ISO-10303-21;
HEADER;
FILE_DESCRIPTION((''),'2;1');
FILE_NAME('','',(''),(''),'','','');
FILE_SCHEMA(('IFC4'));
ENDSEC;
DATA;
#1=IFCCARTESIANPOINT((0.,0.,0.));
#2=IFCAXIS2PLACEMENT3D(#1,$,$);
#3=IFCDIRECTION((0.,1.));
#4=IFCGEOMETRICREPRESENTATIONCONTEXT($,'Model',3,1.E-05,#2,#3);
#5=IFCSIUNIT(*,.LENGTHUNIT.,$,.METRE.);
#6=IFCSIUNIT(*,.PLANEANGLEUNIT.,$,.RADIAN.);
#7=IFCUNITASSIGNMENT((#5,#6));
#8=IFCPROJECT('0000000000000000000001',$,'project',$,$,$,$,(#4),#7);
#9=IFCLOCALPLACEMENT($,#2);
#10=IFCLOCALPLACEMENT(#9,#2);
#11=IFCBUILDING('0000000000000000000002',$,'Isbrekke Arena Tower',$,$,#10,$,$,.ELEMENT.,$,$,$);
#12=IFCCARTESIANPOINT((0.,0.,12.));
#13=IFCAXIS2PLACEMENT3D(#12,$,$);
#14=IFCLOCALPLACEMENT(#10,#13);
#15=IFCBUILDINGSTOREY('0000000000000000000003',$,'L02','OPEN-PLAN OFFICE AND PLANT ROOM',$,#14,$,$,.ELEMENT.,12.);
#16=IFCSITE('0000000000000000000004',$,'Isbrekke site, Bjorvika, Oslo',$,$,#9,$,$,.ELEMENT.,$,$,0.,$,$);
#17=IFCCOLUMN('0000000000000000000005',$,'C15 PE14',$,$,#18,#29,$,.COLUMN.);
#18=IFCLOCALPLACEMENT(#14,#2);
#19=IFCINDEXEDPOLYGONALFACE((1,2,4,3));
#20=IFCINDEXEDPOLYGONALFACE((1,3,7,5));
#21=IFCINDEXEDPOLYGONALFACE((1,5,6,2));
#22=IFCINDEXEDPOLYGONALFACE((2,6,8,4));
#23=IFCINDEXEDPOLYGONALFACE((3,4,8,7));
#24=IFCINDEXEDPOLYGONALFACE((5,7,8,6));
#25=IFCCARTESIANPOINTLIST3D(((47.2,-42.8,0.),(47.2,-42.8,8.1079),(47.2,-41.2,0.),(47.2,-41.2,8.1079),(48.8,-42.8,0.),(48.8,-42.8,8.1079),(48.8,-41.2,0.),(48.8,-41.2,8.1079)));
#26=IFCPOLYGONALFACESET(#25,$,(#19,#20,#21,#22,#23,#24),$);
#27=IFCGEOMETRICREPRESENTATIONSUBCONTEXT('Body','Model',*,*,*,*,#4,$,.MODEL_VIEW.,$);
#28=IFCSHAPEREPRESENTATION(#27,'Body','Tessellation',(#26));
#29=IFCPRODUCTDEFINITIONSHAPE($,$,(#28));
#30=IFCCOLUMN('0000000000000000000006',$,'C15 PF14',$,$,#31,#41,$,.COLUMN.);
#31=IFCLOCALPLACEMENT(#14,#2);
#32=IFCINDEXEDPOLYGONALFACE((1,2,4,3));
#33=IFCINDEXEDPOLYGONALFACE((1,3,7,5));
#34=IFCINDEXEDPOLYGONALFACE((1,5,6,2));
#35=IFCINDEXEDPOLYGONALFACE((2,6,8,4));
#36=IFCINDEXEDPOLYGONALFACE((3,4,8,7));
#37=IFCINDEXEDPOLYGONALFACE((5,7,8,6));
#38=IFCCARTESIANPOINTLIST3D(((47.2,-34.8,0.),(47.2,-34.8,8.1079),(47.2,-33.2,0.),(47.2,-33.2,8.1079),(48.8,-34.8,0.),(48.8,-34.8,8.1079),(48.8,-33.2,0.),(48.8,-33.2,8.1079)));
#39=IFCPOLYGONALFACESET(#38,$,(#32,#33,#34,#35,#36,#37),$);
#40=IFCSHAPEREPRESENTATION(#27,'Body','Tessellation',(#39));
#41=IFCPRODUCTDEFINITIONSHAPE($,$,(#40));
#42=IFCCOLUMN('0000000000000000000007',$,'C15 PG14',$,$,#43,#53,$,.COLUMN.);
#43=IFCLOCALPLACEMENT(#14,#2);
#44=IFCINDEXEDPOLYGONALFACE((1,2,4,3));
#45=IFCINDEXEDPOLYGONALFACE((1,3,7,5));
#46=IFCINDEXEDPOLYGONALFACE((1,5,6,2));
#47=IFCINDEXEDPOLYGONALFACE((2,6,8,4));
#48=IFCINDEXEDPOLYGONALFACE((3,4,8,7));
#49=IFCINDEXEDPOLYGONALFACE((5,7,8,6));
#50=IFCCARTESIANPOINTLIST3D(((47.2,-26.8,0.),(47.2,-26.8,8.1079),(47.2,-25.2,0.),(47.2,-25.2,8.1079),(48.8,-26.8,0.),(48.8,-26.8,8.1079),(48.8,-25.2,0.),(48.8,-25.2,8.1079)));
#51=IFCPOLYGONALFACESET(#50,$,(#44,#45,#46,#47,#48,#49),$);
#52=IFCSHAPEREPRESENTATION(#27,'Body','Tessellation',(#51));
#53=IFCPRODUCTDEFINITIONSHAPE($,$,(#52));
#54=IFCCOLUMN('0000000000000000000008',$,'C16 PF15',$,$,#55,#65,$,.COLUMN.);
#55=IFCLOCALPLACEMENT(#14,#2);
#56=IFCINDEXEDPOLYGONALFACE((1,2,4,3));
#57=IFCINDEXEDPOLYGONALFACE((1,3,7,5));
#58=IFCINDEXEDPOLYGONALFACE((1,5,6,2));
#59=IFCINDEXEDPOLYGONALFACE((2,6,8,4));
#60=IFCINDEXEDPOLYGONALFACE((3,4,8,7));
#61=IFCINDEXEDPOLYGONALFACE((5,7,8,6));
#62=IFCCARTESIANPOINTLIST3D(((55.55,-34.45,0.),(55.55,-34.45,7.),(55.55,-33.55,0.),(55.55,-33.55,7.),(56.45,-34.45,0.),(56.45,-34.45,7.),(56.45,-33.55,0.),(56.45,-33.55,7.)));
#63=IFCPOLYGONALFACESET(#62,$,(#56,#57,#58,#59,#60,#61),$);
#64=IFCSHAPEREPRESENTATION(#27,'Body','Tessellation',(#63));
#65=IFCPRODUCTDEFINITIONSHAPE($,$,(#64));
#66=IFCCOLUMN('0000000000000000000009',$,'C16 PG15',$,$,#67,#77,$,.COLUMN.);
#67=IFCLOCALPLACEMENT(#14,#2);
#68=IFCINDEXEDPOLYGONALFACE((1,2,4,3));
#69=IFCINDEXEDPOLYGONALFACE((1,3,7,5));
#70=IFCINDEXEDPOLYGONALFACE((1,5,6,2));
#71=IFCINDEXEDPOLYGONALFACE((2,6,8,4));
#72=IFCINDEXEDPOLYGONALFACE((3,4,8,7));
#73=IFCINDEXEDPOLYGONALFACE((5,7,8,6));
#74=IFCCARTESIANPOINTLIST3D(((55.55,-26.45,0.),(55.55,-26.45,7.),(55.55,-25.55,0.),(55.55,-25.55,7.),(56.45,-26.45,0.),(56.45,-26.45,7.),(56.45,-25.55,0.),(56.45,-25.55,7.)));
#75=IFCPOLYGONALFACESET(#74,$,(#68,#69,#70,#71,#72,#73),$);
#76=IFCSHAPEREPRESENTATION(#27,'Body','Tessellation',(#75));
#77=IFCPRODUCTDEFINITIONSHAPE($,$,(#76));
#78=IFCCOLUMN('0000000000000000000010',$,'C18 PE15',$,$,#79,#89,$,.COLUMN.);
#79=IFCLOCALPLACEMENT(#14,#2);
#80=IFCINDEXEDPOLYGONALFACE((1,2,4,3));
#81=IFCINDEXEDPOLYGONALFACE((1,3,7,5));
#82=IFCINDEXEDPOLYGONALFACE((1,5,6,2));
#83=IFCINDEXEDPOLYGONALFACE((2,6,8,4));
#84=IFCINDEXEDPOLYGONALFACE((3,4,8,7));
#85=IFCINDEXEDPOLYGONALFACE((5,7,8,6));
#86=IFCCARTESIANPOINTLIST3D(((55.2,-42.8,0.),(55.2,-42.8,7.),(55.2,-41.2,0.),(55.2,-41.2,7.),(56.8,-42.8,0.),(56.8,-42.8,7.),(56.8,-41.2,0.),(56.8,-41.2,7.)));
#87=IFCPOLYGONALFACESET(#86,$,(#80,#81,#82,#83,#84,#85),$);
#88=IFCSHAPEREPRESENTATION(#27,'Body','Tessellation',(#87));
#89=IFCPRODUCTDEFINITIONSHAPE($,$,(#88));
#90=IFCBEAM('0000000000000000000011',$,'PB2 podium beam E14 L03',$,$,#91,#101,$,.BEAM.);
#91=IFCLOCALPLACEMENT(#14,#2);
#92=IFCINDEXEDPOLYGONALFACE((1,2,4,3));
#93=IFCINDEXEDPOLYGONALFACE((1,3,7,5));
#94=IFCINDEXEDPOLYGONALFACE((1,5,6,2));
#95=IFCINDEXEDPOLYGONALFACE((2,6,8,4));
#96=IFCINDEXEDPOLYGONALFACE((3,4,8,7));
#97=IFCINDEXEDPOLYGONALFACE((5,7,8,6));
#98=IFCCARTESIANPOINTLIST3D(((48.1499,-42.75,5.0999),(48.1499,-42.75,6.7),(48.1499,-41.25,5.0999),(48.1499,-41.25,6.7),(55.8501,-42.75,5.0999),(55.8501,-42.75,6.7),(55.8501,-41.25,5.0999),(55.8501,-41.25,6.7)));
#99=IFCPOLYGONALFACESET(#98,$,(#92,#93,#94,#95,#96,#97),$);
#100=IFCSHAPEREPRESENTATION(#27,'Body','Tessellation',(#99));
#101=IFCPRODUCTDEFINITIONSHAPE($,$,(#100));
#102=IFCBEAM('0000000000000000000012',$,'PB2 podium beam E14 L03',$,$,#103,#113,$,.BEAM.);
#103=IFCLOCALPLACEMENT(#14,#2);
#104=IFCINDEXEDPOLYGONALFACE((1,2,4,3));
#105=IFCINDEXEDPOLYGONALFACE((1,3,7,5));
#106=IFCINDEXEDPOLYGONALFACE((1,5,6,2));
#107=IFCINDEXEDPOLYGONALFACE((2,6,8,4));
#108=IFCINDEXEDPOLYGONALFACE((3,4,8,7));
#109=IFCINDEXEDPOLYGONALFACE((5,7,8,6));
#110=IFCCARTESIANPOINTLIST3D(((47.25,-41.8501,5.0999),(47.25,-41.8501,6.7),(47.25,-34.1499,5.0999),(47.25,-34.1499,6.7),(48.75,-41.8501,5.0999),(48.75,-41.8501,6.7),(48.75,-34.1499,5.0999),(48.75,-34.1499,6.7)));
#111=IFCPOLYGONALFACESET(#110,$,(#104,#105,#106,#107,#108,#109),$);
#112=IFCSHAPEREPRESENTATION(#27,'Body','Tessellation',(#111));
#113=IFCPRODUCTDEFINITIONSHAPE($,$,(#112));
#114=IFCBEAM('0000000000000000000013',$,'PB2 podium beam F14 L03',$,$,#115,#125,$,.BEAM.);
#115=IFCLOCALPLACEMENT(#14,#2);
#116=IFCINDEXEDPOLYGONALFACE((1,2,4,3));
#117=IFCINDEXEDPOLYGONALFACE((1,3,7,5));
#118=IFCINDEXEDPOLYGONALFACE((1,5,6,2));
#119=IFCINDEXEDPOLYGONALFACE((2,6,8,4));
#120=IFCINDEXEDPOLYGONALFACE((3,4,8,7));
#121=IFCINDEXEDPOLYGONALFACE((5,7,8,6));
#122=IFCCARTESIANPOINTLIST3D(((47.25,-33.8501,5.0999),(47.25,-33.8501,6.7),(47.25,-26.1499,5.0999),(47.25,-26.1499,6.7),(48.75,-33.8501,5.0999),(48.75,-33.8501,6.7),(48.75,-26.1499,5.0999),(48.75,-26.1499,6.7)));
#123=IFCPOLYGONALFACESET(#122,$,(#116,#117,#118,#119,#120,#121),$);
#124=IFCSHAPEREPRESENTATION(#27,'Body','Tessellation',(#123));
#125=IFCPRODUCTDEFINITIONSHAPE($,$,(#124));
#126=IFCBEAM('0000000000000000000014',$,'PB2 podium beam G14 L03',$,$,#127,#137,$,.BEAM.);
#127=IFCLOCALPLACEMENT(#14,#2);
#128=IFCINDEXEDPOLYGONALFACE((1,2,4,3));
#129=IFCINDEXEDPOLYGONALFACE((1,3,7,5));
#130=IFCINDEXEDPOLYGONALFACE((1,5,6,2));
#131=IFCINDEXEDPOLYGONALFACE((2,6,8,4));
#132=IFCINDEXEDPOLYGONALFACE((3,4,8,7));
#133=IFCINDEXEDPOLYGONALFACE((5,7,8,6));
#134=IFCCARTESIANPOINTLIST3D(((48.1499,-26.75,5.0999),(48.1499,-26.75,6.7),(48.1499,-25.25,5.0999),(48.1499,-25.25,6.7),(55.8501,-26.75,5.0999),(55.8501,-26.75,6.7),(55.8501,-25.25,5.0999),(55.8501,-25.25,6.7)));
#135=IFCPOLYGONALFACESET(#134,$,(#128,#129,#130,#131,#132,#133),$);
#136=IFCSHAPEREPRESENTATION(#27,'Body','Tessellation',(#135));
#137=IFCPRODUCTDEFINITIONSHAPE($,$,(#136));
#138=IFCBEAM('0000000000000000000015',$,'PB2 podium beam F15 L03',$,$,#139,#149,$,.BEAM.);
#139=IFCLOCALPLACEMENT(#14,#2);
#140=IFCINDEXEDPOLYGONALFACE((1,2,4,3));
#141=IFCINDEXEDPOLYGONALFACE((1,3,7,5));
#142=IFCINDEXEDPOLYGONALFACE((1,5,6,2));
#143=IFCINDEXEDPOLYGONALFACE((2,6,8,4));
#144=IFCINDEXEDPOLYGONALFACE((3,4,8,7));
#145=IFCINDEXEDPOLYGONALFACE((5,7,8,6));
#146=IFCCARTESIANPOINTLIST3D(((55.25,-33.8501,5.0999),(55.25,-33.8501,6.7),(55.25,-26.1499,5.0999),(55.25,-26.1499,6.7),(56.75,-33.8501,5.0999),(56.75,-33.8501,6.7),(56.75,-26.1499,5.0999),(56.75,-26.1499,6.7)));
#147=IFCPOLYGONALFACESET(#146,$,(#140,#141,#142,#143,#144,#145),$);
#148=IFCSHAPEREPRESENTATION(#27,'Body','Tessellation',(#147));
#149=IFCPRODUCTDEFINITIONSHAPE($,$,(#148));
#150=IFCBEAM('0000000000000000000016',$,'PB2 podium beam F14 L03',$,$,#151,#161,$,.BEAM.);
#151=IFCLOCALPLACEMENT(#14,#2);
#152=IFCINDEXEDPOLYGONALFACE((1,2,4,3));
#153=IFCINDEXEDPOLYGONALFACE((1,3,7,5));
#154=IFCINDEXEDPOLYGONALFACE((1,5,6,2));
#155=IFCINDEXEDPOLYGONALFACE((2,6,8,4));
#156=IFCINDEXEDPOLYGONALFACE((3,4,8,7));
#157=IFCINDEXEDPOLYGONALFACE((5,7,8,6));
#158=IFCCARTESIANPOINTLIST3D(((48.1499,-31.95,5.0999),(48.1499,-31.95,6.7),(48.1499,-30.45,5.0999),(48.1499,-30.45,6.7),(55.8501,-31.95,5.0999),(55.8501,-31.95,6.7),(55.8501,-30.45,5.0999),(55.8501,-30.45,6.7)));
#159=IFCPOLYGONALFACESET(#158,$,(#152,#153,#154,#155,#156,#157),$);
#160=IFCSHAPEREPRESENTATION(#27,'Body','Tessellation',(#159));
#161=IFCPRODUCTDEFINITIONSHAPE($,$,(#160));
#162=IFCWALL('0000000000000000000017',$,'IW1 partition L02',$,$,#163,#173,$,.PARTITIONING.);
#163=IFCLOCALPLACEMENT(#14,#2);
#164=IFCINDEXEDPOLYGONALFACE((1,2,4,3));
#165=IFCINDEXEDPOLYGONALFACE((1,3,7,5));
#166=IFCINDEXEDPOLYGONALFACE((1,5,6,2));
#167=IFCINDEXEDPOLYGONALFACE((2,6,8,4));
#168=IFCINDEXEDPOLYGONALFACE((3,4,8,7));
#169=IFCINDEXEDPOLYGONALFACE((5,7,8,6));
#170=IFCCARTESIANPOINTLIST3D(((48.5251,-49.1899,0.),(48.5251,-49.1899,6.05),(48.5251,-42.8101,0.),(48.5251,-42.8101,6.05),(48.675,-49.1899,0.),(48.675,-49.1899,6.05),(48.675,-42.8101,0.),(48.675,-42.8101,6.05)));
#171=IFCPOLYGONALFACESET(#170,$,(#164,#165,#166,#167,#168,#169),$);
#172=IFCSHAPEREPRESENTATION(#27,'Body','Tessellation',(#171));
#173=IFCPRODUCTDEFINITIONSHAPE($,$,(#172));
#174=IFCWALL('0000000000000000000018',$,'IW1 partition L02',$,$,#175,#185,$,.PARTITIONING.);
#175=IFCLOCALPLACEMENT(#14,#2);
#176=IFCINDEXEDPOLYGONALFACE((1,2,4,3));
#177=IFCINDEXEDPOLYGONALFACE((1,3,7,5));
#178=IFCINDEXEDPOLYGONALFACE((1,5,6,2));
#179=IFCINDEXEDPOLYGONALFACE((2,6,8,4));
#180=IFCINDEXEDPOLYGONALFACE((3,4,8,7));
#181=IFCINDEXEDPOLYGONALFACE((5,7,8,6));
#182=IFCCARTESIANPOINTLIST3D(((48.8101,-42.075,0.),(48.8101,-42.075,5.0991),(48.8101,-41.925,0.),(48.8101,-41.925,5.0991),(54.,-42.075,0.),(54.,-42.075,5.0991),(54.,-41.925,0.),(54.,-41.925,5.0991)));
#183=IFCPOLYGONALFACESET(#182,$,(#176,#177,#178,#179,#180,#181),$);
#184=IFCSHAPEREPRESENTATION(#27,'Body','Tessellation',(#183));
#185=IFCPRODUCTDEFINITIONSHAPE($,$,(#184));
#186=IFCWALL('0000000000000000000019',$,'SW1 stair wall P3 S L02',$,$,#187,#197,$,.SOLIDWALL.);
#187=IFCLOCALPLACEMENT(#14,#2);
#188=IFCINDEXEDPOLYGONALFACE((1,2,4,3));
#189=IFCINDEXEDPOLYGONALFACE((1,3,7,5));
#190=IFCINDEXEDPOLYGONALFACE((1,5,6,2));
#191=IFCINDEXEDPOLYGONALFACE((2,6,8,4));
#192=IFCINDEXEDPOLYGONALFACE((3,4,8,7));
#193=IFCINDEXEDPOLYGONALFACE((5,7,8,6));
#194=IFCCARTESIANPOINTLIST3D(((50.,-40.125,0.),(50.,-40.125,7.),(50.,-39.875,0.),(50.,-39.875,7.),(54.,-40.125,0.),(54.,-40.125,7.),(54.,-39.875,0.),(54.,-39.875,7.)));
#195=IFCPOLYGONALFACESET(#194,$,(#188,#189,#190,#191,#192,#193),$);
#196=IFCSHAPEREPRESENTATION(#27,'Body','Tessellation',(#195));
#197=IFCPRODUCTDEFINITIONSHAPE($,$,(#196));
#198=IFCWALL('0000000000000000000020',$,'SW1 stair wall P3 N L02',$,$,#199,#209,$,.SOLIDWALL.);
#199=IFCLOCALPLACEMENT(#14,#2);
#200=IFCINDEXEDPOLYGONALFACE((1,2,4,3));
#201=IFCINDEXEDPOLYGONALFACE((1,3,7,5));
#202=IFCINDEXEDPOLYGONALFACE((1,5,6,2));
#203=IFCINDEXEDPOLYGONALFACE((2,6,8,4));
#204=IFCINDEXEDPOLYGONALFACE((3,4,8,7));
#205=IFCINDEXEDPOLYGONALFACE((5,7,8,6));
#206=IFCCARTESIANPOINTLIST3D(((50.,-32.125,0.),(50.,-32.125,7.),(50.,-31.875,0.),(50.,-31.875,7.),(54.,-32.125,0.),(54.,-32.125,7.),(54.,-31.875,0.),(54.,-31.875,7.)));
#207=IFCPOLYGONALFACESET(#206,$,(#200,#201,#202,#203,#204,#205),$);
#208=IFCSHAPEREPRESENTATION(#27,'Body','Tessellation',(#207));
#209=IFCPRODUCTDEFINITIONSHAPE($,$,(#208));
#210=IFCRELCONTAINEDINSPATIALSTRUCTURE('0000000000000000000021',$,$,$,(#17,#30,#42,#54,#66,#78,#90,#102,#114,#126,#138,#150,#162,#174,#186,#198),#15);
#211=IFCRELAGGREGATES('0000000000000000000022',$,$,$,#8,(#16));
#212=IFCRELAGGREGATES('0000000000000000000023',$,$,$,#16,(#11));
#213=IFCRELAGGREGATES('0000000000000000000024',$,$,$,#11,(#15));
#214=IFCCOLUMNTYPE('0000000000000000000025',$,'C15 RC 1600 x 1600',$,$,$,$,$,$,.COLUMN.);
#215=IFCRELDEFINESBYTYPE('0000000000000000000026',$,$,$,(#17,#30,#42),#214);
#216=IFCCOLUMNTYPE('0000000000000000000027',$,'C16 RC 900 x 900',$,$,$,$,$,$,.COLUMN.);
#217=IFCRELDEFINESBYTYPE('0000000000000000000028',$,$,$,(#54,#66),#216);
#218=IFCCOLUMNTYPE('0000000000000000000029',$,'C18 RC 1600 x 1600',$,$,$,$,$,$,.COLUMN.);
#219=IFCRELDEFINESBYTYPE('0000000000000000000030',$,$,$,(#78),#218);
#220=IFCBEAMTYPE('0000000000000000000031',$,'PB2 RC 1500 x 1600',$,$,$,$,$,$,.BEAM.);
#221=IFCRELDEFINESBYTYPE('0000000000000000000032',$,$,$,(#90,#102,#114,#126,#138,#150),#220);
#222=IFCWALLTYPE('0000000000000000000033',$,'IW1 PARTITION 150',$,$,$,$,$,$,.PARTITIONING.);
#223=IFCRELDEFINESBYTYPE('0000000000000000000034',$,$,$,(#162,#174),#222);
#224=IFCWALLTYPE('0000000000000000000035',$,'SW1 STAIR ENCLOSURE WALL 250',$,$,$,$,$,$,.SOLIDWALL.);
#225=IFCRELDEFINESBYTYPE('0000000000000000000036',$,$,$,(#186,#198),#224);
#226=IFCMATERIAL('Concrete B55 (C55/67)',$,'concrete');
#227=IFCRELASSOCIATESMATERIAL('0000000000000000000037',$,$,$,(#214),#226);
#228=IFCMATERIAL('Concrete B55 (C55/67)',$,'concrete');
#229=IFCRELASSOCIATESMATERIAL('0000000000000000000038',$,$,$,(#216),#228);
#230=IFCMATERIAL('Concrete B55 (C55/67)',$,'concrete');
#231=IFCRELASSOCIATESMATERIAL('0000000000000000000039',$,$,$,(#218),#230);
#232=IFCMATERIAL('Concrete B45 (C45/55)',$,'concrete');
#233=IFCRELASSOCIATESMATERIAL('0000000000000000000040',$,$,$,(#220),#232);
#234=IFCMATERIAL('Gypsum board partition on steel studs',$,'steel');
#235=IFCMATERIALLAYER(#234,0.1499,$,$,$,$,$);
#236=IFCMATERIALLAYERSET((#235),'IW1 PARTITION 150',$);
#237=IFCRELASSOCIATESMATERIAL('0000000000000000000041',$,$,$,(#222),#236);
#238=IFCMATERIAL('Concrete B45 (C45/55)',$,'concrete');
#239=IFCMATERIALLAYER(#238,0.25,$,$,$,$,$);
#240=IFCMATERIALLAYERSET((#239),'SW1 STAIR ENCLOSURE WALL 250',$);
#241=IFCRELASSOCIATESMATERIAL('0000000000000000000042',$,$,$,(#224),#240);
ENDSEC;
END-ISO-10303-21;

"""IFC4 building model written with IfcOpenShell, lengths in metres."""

from ifc_helpers import new_model, si_unit, direction, frame, frame_2d, origin, origin_2d, place, context, subcontext, project, spatial, rectangle, extrude, material, layer, layer_set, material_profile, profile_set, type_object, element, save


model = new_model("IFC4")

# Units and contexts
model_context = context("Model", 3, precision=1e-05, world=origin(), true_north=direction((0.0, 1.0)))
body_context = subcontext(model_context, "Body", "Model", "MODEL_VIEW")
ifc_project = project(units=[si_unit("LENGTHUNIT", "METRE"), si_unit("PLANEANGLEUNIT", "RADIAN")], contexts=[model_context])

# Site, building, storey
site_placement = place(None, origin())
site = spatial("IfcSite", under=ifc_project, at=site_placement, Name="Isbrekke site, Bjorvika, Oslo", CompositionType="ELEMENT", RefElevation=0.0)
building_placement = place(site_placement, origin())
building = spatial("IfcBuilding", under=site, at=building_placement, Name="Isbrekke Arena Tower", CompositionType="ELEMENT")
storey_placement = place(building_placement, frame((0.0, 0.0, 12.0)))
storey = spatial("IfcBuildingStorey", under=building, at=storey_placement, Name="L02", Description="OPEN-PLAN OFFICE AND PLANT ROOM", CompositionType="ELEMENT", Elevation=12.0)

# Columns
ifc_material_1 = material(Name="Concrete B55 (C55/67)", Category="concrete")
ifc_material_profile_1 = material_profile(ifc_material_1, rectangle(XDim=1.6001, YDim=1.6001, at=origin_2d()), Name="RC 1600x1600")
ifc_profile_set_1 = profile_set([ifc_material_profile_1], Name="Concrete B55 (C55/67)")
column_type_1 = type_object("IfcColumnType", Name="C15 RC 1600 x 1600", PredefinedType="COLUMN", material=ifc_profile_set_1)
for number, where, z_axis, x_axis, name in (
    (1, (48.0, -42.0, 0.0), (0.0, 0.0, 1.0), (1.0, 0.0, 0.0), "C15 PE14"),
    (2, (48.0, -34.0, 0.0), (0.0, 0.0, 1.0), (1.0, 0.0, 0.0), "C15 PF14"),
    (3, (48.0, -26.0, 0.0), (0.0, 0.0, 1.0), (1.0, 0.0, 0.0), "C15 PG14"),
):
    element("IfcColumn", number, at=place(storey_placement, frame(where, z_axis=z_axis, x_axis=x_axis)), inside=storey, type_object=column_type_1, Name=name, PredefinedType="COLUMN", context=body_context, shape_type="SweptSolid", body=[
        extrude(rectangle(XDim=1.6001, YDim=1.6001, at=origin_2d()), origin(), (0.0, 0.0, 1.0), 8.1079),
    ])
ifc_material_2 = material(Name="Concrete B55 (C55/67)", Category="concrete")
ifc_material_profile_2 = material_profile(ifc_material_2, rectangle(XDim=0.8999, YDim=0.8999, at=origin_2d()), Name="RC 900x900")
ifc_profile_set_2 = profile_set([ifc_material_profile_2], Name="Concrete B55 (C55/67)")
column_type_2 = type_object("IfcColumnType", Name="C16 RC 900 x 900", PredefinedType="COLUMN", material=ifc_profile_set_2)
for number, where, z_axis, x_axis, name in (
    (4, (56.0, -34.0, 0.0), (0.0, 0.0, 1.0), (1.0, 0.0, 0.0), "C16 PF15"),
    (5, (56.0, -26.0, 0.0), (0.0, 0.0, 1.0), (1.0, 0.0, 0.0), "C16 PG15"),
):
    element("IfcColumn", number, at=place(storey_placement, frame(where, z_axis=z_axis, x_axis=x_axis)), inside=storey, type_object=column_type_2, Name=name, PredefinedType="COLUMN", context=body_context, shape_type="SweptSolid", body=[
        extrude(rectangle(XDim=0.8999, YDim=0.8999, at=origin_2d()), origin(), (0.0, 0.0, 1.0), 7.0),
    ])
ifc_material_3 = material(Name="Concrete B55 (C55/67)", Category="concrete")
ifc_material_profile_3 = material_profile(ifc_material_3, rectangle(XDim=1.6001, YDim=1.6001, at=origin_2d()), Name="RC 1600x1600")
ifc_profile_set_3 = profile_set([ifc_material_profile_3], Name="Concrete B55 (C55/67)")
column_type_3 = type_object("IfcColumnType", Name="C18 RC 1600 x 1600", PredefinedType="COLUMN", material=ifc_profile_set_3)
column_placement = place(storey_placement, frame((56.0, -42.0, 0.0), z_axis=(0.0, 0.0, 1.0), x_axis=(1.0, 0.0, 0.0)))
element("IfcColumn", 6, at=column_placement, inside=storey, type_object=column_type_3, Name="C18 PE15", PredefinedType="COLUMN", context=body_context, shape_type="SweptSolid", body=[
    extrude(rectangle(XDim=1.6001, YDim=1.6001, at=origin_2d()), origin(), (0.0, 0.0, 1.0), 7.0),
])

# Beams
ifc_material_4 = material(Name="Concrete B45 (C45/55)", Category="concrete")
ifc_material_profile_4 = material_profile(ifc_material_4, rectangle(XDim=1.5, YDim=1.6001, at=origin_2d()), Name="RC 1500x1600")
ifc_profile_set_4 = profile_set([ifc_material_profile_4], Name="Concrete B45 (C45/55)")
beam_type = type_object("IfcBeamType", Name="PB2 RC 1500 x 1600", PredefinedType="BEAM", material=ifc_profile_set_4)
for number, where, z_axis, x_axis, name in (
    (7, (48.1499, -42.0, 5.8999), (1.0, 0.0, 0.0), (0.0, 1.0, 0.0), "PB2 podium beam E14 L03"),
    (8, (48.0, -41.8501, 5.8999), (0.0, 1.0, 0.0), (-1.0, 0.0, 0.0), "PB2 podium beam E14 L03"),
    (9, (48.0, -33.8501, 5.8999), (0.0, 1.0, 0.0), (-1.0, 0.0, 0.0), "PB2 podium beam F14 L03"),
    (10, (48.1499, -26.0, 5.8999), (1.0, 0.0, 0.0), (0.0, 1.0, 0.0), "PB2 podium beam G14 L03"),
    (11, (56.0, -33.8501, 5.8999), (0.0, 1.0, 0.0), (-1.0, 0.0, 0.0), "PB2 podium beam F15 L03"),
    (12, (48.1499, -31.2, 5.8999), (1.0, 0.0, 0.0), (0.0, 1.0, 0.0), "PB2 podium beam F14 L03"),
):
    element("IfcBeam", number, at=place(storey_placement, frame(where, z_axis=z_axis, x_axis=x_axis)), inside=storey, type_object=beam_type, Name=name, PredefinedType="BEAM", context=body_context, shape_type="SweptSolid", body=[
        extrude(rectangle(XDim=1.5, YDim=1.6001, at=origin_2d()), origin(), (0.0, 0.0, 1.0), 7.7002),
    ])

# Walls
ifc_material_5 = material(Name="Gypsum board partition on steel studs", Category="steel")
ifc_layer_1 = layer(ifc_material_5, 0.1499)
ifc_layer_set_1 = layer_set([ifc_layer_1], Name="IW1 PARTITION 150")
wall_type_1 = type_object("IfcWallType", Name="IW1 PARTITION 150", PredefinedType="PARTITIONING", material=ifc_layer_set_1)
wall_1_placement = place(storey_placement, frame((48.6001, -49.1899, 0.0), z_axis=(0.0, 0.0, 1.0), x_axis=(0.0, 1.0, 0.0)))
element("IfcWall", 13, at=wall_1_placement, inside=storey, type_object=wall_type_1, Name="IW1 partition L02", PredefinedType="PARTITIONING", context=body_context, shape_type="SweptSolid", body=[
    extrude(rectangle(XDim=6.3799, YDim=0.1499, at=frame_2d((3.1899, 0.0))), origin(), (0.0, 0.0, 1.0), 6.05),
])
wall_2_placement = place(storey_placement, frame((48.8101, -42.0, 0.0), z_axis=(0.0, 0.0, 1.0), x_axis=(1.0, 0.0, 0.0)))
element("IfcWall", 14, at=wall_2_placement, inside=storey, type_object=wall_type_1, Name="IW1 partition L02", PredefinedType="PARTITIONING", context=body_context, shape_type="SweptSolid", body=[
    extrude(rectangle(XDim=5.1899, YDim=0.1499, at=frame_2d((2.595, 0.0))), origin(), (0.0, 0.0, 1.0), 5.0991),
])
ifc_material_6 = material(Name="Concrete B45 (C45/55)", Category="concrete")
ifc_layer_2 = layer(ifc_material_6, 0.25)
ifc_layer_set_2 = layer_set([ifc_layer_2], Name="SW1 STAIR ENCLOSURE WALL 250")
wall_type_2 = type_object("IfcWallType", Name="SW1 STAIR ENCLOSURE WALL 250", PredefinedType="SOLIDWALL", material=ifc_layer_set_2)
for number, where, z_axis, x_axis, name in (
    (15, (50.0, -40.0, 0.0), (0.0, 0.0, 1.0), (1.0, 0.0, 0.0), "SW1 stair wall P3 S L02"),
    (16, (54.0, -32.0, 0.0), (0.0, 0.0, 1.0), (-1.0, 0.0, 0.0), "SW1 stair wall P3 N L02"),
):
    element("IfcWall", number, at=place(storey_placement, frame(where, z_axis=z_axis, x_axis=x_axis)), inside=storey, type_object=wall_type_2, Name=name, PredefinedType="SOLIDWALL", context=body_context, shape_type="SweptSolid", body=[
        extrude(rectangle(XDim=4.0, YDim=0.25, at=frame_2d((2.0, 0.0))), origin(), (0.0, 0.0, 1.0), 7.0),
    ])

save(model, "model.ifc")
